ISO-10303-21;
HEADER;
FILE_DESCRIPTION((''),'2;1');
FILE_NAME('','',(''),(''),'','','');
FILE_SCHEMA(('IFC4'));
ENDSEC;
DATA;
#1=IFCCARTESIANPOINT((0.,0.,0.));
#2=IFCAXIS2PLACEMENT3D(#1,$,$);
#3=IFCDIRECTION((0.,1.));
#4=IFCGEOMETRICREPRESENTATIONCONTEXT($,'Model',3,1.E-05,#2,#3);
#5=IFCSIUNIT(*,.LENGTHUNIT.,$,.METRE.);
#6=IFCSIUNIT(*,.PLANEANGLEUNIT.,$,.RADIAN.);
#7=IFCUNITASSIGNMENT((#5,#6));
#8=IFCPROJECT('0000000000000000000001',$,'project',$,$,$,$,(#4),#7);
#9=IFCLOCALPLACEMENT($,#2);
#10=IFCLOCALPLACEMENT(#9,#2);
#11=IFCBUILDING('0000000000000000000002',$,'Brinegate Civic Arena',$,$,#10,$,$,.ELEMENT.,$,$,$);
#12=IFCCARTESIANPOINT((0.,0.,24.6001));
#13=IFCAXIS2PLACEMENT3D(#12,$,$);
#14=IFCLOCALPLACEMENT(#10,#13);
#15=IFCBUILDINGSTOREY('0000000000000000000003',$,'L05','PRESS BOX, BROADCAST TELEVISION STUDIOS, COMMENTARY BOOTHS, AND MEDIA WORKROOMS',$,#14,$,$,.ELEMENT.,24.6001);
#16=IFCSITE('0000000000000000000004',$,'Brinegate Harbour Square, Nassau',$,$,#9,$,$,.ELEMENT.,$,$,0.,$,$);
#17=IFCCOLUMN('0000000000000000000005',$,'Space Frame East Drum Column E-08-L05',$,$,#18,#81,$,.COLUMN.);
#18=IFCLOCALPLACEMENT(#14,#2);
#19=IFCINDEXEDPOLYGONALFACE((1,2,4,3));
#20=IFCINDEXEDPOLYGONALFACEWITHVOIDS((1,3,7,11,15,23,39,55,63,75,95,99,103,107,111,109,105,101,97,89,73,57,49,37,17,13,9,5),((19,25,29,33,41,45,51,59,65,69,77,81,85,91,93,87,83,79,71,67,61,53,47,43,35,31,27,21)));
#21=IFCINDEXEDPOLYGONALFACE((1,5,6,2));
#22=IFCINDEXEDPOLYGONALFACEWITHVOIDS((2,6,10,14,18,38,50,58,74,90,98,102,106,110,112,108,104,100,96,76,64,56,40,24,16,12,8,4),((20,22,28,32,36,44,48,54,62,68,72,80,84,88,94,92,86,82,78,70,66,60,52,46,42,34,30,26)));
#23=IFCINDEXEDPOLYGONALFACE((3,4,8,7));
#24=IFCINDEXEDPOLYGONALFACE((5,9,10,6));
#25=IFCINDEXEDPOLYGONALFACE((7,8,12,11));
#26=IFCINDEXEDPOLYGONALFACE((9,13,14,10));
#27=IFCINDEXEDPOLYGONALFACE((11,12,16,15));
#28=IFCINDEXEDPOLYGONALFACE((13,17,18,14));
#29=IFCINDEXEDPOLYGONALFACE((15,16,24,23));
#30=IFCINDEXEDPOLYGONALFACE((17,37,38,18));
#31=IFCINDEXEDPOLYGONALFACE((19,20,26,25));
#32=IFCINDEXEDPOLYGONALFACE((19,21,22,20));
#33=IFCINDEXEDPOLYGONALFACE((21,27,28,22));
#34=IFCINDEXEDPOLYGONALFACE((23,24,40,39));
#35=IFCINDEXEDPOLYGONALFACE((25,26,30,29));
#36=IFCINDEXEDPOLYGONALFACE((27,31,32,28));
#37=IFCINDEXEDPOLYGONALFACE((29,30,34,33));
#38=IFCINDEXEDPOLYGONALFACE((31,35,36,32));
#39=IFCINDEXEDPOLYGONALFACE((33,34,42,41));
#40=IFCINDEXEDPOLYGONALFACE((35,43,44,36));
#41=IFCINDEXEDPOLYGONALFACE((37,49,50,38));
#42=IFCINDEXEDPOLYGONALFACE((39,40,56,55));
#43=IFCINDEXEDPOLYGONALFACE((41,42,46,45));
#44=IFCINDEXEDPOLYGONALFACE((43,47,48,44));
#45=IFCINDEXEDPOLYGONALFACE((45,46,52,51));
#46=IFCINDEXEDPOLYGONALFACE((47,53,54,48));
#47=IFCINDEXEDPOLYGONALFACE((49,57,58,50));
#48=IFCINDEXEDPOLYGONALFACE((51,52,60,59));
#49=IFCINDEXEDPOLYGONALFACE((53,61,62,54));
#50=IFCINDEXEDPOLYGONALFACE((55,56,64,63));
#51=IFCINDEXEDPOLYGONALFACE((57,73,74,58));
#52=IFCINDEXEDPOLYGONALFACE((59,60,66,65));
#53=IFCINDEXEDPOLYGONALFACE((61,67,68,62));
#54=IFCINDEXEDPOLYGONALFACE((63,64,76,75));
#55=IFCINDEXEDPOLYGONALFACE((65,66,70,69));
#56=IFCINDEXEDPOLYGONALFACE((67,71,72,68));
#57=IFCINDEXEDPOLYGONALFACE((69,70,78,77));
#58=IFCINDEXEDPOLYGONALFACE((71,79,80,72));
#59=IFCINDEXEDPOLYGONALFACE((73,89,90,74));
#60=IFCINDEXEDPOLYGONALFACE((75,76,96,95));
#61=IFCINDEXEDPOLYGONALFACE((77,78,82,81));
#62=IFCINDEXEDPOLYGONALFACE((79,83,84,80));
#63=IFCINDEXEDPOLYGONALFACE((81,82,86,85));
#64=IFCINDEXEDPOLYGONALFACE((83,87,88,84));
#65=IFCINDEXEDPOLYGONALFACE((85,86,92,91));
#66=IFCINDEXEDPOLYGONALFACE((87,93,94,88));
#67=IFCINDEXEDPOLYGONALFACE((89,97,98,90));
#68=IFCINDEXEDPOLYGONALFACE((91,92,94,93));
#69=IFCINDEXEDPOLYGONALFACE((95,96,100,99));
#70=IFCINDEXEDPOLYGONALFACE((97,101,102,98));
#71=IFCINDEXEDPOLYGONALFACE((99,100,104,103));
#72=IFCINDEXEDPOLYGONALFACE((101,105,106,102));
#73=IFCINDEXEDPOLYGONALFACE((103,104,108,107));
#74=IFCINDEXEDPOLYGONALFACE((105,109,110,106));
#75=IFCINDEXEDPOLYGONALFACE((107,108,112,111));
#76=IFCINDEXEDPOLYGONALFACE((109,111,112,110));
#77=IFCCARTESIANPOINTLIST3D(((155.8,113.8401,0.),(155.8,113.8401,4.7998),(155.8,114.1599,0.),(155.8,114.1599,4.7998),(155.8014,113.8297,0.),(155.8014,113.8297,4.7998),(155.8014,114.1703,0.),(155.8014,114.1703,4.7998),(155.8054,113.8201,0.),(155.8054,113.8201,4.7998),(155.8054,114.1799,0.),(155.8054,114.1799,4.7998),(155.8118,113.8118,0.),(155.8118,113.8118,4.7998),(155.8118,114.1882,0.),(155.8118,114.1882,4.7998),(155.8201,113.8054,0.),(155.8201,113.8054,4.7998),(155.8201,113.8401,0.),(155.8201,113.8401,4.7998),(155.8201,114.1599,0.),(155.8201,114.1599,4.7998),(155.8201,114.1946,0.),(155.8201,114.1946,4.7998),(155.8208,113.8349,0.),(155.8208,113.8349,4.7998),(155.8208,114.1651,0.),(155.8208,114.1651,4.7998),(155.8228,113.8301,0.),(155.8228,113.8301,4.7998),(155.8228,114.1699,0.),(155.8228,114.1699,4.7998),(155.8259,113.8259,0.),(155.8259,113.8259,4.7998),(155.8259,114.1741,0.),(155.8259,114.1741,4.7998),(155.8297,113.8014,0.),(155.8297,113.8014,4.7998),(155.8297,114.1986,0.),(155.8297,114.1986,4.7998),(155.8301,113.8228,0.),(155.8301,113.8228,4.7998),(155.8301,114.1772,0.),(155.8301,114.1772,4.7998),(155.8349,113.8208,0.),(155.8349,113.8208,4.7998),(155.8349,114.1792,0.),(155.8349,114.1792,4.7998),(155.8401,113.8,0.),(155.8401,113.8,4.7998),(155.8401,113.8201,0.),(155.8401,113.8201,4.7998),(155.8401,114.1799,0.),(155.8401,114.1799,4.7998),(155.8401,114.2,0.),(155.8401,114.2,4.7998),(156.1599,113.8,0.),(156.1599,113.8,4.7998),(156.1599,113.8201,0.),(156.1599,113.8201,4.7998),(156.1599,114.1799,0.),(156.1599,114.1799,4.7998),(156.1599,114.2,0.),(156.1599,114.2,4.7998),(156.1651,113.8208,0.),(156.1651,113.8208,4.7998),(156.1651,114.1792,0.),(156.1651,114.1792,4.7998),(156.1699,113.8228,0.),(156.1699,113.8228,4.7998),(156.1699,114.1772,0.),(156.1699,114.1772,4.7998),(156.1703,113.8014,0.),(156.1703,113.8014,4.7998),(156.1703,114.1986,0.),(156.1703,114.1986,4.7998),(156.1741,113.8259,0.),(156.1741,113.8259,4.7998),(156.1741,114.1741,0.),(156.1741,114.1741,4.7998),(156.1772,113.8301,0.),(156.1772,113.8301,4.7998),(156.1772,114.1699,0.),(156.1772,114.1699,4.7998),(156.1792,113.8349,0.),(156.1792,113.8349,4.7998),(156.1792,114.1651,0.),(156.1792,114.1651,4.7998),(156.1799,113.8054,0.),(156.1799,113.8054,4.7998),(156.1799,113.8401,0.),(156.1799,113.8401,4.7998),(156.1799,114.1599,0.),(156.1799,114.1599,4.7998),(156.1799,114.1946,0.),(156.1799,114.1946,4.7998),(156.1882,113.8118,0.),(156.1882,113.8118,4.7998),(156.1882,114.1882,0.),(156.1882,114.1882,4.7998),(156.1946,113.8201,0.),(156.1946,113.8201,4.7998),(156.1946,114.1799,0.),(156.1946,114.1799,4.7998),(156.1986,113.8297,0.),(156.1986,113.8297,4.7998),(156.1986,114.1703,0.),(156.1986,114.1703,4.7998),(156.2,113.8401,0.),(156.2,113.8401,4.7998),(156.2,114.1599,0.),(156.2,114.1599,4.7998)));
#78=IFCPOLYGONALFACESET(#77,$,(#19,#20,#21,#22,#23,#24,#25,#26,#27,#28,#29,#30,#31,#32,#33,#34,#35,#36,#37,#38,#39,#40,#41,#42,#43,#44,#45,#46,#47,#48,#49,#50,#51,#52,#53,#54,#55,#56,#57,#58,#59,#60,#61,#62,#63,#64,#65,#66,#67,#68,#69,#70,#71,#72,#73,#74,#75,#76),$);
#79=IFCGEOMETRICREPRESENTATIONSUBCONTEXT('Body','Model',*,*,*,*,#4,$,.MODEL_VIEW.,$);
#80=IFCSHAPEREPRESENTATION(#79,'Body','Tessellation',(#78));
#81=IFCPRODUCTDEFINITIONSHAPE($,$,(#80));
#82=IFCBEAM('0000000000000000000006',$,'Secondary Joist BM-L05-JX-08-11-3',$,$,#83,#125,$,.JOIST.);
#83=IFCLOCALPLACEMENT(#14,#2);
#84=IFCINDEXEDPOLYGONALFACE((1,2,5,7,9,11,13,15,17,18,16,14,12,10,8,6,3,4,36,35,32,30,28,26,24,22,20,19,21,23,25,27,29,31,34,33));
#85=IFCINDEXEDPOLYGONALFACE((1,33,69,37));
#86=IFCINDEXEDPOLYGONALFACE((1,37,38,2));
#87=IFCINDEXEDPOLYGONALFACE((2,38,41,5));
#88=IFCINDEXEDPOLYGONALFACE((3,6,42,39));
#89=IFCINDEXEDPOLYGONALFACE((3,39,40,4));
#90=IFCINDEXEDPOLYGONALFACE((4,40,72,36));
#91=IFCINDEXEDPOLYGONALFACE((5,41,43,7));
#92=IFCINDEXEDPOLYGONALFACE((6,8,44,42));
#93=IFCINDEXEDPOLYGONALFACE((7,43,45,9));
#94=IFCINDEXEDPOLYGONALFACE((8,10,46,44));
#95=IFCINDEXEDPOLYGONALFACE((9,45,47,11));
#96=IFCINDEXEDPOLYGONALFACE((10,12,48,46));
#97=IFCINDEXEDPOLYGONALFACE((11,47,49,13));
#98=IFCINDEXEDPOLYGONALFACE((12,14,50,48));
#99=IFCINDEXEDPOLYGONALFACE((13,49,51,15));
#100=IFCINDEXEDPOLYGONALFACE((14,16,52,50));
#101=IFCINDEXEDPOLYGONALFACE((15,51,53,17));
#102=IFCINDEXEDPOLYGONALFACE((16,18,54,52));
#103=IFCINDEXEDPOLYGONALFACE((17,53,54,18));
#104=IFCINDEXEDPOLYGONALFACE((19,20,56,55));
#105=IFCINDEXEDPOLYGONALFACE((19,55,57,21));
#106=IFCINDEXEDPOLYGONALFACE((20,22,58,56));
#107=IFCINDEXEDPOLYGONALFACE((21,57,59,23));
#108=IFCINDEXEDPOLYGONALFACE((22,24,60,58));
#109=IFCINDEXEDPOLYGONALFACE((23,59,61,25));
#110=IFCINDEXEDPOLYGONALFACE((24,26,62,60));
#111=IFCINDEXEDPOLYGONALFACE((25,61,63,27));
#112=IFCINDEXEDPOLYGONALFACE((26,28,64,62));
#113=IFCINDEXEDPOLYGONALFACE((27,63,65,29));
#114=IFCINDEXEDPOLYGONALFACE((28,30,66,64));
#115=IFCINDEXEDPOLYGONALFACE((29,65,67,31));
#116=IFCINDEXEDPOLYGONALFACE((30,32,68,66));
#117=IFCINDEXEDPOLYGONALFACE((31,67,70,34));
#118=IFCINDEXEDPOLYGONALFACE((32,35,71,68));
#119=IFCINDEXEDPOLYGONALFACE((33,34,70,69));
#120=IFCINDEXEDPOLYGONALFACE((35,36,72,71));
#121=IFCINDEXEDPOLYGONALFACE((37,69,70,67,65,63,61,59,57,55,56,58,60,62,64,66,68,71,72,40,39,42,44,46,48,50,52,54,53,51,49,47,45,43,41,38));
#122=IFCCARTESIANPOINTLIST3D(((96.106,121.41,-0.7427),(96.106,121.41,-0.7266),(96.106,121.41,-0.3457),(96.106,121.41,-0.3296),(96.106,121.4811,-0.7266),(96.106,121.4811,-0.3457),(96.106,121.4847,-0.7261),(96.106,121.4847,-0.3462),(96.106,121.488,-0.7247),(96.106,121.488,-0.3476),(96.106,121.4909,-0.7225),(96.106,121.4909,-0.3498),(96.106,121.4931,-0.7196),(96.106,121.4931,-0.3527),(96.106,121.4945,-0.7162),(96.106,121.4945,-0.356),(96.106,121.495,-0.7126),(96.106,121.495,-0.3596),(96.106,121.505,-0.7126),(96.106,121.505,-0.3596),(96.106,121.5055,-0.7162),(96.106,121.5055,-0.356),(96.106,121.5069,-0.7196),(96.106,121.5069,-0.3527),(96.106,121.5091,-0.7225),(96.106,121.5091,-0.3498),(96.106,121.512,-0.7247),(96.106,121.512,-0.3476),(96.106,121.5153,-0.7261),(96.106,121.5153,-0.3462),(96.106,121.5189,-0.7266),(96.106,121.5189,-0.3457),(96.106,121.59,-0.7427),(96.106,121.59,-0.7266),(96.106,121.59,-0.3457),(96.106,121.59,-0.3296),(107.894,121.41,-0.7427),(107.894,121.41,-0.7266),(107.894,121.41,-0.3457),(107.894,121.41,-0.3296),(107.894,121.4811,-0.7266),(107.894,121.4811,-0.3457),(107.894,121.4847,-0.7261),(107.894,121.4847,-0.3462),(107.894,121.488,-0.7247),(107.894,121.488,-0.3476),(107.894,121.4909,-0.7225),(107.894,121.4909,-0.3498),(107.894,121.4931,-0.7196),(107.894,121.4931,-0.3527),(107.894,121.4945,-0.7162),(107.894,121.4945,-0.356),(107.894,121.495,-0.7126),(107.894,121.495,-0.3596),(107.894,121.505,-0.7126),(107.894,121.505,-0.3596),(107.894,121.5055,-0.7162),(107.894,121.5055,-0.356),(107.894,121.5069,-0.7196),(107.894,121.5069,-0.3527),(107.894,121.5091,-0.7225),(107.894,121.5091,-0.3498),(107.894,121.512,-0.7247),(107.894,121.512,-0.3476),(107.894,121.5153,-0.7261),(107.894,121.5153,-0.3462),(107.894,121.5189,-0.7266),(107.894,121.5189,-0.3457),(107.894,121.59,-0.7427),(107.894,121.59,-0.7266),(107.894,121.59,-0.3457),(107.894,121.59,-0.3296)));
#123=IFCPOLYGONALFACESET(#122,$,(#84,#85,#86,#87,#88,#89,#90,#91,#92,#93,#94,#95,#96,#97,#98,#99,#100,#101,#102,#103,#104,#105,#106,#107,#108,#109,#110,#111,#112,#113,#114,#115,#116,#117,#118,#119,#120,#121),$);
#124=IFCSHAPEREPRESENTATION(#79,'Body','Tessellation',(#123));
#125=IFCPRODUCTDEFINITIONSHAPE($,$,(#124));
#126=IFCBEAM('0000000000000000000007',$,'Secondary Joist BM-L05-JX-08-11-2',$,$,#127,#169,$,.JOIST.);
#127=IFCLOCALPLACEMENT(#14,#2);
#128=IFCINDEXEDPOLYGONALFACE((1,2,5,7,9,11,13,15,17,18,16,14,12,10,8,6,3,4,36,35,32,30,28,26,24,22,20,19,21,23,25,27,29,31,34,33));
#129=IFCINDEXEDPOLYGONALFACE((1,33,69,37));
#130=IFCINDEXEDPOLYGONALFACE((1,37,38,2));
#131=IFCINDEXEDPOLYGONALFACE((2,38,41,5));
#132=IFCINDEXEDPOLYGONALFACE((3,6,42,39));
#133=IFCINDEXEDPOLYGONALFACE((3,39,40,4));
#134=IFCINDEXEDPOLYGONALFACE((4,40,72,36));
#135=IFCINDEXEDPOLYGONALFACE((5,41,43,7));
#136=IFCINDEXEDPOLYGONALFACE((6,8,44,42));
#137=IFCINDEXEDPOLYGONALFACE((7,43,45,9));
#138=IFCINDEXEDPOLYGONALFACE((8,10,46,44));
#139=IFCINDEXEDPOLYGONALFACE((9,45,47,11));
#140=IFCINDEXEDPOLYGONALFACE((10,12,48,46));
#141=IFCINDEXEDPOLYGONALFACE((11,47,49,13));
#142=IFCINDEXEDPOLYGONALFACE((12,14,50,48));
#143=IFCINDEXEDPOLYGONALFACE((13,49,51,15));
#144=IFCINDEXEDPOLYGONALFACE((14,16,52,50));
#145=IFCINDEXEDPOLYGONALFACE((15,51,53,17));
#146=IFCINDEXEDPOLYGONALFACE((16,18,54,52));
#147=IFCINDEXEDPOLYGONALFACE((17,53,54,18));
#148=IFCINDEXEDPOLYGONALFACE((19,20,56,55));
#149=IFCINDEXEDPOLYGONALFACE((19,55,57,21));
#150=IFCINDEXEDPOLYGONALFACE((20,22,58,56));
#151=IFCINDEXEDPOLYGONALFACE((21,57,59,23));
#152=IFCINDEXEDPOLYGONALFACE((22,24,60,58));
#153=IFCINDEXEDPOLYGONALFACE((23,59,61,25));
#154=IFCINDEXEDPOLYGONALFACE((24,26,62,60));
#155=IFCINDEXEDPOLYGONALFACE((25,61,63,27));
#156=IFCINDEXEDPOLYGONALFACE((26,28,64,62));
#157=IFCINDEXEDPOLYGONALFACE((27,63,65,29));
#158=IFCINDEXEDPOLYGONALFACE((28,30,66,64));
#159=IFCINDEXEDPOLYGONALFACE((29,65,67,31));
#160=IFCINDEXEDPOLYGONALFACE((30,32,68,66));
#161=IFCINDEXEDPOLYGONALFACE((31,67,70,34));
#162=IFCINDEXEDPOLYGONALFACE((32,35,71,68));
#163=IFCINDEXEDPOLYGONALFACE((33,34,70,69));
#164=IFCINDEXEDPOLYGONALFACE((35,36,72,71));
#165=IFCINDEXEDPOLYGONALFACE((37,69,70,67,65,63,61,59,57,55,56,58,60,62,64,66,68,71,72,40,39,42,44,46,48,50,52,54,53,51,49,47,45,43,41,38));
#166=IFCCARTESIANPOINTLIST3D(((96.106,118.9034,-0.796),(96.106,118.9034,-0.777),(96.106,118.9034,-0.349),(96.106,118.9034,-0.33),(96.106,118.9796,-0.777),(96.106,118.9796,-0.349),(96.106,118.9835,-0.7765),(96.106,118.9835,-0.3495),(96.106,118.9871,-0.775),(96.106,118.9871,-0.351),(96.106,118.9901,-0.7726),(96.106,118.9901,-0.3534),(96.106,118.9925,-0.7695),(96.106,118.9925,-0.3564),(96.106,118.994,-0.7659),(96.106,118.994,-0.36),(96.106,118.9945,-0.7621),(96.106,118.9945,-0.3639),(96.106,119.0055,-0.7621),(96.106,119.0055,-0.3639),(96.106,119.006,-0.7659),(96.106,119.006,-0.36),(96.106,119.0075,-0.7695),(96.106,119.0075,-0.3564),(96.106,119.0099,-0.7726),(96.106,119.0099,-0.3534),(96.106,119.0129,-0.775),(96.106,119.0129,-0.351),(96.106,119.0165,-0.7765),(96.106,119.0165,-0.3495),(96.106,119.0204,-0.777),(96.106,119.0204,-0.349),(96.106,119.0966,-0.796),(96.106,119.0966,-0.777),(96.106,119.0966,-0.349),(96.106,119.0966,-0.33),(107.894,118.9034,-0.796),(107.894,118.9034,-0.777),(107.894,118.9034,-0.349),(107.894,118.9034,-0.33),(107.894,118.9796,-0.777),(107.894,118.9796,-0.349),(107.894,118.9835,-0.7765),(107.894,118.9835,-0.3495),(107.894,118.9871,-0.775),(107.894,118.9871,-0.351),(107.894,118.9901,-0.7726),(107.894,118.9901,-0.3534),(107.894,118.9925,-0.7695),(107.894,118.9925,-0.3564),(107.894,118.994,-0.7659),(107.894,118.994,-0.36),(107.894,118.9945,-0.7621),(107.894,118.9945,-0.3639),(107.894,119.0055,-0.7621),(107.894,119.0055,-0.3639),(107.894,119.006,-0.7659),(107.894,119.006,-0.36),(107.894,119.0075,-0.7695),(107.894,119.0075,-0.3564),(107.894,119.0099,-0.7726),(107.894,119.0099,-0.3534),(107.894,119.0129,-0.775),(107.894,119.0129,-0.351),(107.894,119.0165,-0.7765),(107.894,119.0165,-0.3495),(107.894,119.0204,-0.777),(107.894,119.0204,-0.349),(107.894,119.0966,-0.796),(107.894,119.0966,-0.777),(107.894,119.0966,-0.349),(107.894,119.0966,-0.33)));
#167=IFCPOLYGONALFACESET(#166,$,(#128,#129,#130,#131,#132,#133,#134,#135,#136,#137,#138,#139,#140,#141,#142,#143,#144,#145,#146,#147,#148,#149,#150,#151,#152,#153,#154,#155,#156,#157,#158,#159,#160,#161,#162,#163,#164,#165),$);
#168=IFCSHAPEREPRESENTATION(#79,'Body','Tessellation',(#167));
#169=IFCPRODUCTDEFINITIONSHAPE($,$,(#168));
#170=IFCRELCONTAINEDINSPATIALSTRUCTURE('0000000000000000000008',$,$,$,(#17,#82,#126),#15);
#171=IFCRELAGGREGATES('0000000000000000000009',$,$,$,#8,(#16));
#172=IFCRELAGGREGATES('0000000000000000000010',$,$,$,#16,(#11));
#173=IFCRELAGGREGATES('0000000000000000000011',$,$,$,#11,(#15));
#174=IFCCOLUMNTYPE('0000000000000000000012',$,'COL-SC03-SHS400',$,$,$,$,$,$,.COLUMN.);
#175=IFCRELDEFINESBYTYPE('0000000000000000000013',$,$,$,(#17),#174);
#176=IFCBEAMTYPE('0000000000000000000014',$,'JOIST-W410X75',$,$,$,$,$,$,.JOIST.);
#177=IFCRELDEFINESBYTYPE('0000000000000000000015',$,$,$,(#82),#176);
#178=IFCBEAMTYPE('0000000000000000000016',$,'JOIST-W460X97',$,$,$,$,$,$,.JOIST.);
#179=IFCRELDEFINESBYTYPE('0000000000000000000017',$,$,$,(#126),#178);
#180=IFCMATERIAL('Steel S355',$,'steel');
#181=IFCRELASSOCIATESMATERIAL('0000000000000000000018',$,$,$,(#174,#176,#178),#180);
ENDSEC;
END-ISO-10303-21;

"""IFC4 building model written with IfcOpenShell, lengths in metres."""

from ifc_helpers import new_model, si_unit, direction, frame, origin, origin_2d, place, context, subcontext, project, spatial, hollow_rectangle, i_section, extrude, material, material_profile, profile_set, type_object, element, save


model = new_model("IFC4")

# Units and contexts
model_context = context("Model", 3, precision=1e-05, world=origin(), true_north=direction((0.0, 1.0)))
body_context = subcontext(model_context, "Body", "Model", "MODEL_VIEW")
ifc_project = project(units=[si_unit("LENGTHUNIT", "METRE"), si_unit("PLANEANGLEUNIT", "RADIAN")], contexts=[model_context])

# Site, building, storey
site_placement = place(None, origin())
site = spatial("IfcSite", under=ifc_project, at=site_placement, Name="Brinegate Harbour Square, Nassau", CompositionType="ELEMENT", RefElevation=0.0)
building_placement = place(site_placement, origin())
building = spatial("IfcBuilding", under=site, at=building_placement, Name="Brinegate Civic Arena", CompositionType="ELEMENT")
storey_placement = place(building_placement, frame((0.0, 0.0, 24.6001)))
storey = spatial("IfcBuildingStorey", under=building, at=storey_placement, Name="L05", Description="PRESS BOX, BROADCAST TELEVISION STUDIOS, COMMENTARY BOOTHS, AND MEDIA WORKROOMS", CompositionType="ELEMENT", Elevation=24.6001)

# Column
ifc_material_1 = material(Name="Steel S355", Category="steel")
ifc_material_profile_1 = material_profile(ifc_material_1, hollow_rectangle(XDim=0.3999, YDim=0.3999, WallThickness=0.02, InnerFilletRadius=0.02, OuterFilletRadius=0.04, at=origin_2d()), Name="SHS400X20")
ifc_profile_set_1 = profile_set([ifc_material_profile_1], Name="Steel S355")
column_type_1 = type_object("IfcColumnType", Name="COL-SC03-SHS400", PredefinedType="COLUMN", material=ifc_profile_set_1)
column_1_placement = place(storey_placement, frame((156.0, 114.0, 0.0), z_axis=(0.0, 0.0, 1.0), x_axis=(1.0, 0.0, 0.0)))
element("IfcColumn", 1, at=column_1_placement, inside=storey, type_object=column_type_1, Name="Space Frame East Drum Column E-08-L05", PredefinedType="COLUMN", context=body_context, shape_type="SweptSolid", body=[
    extrude(hollow_rectangle(XDim=0.3999, YDim=0.3999, WallThickness=0.02, InnerFilletRadius=0.02, OuterFilletRadius=0.04, at=origin_2d()), origin(), (0.0, 0.0, 1.0), 4.7998),
])

# Beams
ifc_material_profile_2 = material_profile(ifc_material_1, i_section(OverallWidth=0.1799, OverallDepth=0.4131, WebThickness=0.01, FlangeThickness=0.0161, FilletRadius=0.0139, at=origin_2d()), Name="W410X75")
ifc_profile_set_2 = profile_set([ifc_material_profile_2], Name="Steel S355")
beam_type_1 = type_object("IfcBeamType", Name="JOIST-W410X75", PredefinedType="JOIST", material=ifc_profile_set_2)
beam_1_placement = place(storey_placement, frame((96.106, 121.5, -0.5361), z_axis=(1.0, 0.0, 0.0), x_axis=(0.0, 1.0, 0.0)))
element("IfcBeam", 2, at=beam_1_placement, inside=storey, type_object=beam_type_1, Name="Secondary Joist BM-L05-JX-08-11-3", PredefinedType="JOIST", context=body_context, shape_type="SweptSolid", body=[
    extrude(i_section(OverallWidth=0.1799, OverallDepth=0.4131, WebThickness=0.01, FlangeThickness=0.0161, FilletRadius=0.0139, at=origin_2d()), origin(), (0.0, 0.0, 1.0), 11.7881),
])
ifc_material_profile_3 = material_profile(ifc_material_1, i_section(OverallWidth=0.1931, OverallDepth=0.4661, WebThickness=0.011, FlangeThickness=0.019, FilletRadius=0.0149, at=origin_2d()), Name="W460X97")
ifc_profile_set_3 = profile_set([ifc_material_profile_3], Name="Steel S355")
beam_type_2 = type_object("IfcBeamType", Name="JOIST-W460X97", PredefinedType="JOIST", material=ifc_profile_set_3)
beam_2_placement = place(storey_placement, frame((96.106, 119.0, -0.563), z_axis=(1.0, 0.0, 0.0), x_axis=(0.0, 1.0, 0.0)))
element("IfcBeam", 3, at=beam_2_placement, inside=storey, type_object=beam_type_2, Name="Secondary Joist BM-L05-JX-08-11-2", PredefinedType="JOIST", context=body_context, shape_type="SweptSolid", body=[
    extrude(i_section(OverallWidth=0.1931, OverallDepth=0.4661, WebThickness=0.011, FlangeThickness=0.019, FilletRadius=0.0149, at=origin_2d()), origin(), (0.0, 0.0, 1.0), 11.7881),
])

save(model, "model.ifc")
